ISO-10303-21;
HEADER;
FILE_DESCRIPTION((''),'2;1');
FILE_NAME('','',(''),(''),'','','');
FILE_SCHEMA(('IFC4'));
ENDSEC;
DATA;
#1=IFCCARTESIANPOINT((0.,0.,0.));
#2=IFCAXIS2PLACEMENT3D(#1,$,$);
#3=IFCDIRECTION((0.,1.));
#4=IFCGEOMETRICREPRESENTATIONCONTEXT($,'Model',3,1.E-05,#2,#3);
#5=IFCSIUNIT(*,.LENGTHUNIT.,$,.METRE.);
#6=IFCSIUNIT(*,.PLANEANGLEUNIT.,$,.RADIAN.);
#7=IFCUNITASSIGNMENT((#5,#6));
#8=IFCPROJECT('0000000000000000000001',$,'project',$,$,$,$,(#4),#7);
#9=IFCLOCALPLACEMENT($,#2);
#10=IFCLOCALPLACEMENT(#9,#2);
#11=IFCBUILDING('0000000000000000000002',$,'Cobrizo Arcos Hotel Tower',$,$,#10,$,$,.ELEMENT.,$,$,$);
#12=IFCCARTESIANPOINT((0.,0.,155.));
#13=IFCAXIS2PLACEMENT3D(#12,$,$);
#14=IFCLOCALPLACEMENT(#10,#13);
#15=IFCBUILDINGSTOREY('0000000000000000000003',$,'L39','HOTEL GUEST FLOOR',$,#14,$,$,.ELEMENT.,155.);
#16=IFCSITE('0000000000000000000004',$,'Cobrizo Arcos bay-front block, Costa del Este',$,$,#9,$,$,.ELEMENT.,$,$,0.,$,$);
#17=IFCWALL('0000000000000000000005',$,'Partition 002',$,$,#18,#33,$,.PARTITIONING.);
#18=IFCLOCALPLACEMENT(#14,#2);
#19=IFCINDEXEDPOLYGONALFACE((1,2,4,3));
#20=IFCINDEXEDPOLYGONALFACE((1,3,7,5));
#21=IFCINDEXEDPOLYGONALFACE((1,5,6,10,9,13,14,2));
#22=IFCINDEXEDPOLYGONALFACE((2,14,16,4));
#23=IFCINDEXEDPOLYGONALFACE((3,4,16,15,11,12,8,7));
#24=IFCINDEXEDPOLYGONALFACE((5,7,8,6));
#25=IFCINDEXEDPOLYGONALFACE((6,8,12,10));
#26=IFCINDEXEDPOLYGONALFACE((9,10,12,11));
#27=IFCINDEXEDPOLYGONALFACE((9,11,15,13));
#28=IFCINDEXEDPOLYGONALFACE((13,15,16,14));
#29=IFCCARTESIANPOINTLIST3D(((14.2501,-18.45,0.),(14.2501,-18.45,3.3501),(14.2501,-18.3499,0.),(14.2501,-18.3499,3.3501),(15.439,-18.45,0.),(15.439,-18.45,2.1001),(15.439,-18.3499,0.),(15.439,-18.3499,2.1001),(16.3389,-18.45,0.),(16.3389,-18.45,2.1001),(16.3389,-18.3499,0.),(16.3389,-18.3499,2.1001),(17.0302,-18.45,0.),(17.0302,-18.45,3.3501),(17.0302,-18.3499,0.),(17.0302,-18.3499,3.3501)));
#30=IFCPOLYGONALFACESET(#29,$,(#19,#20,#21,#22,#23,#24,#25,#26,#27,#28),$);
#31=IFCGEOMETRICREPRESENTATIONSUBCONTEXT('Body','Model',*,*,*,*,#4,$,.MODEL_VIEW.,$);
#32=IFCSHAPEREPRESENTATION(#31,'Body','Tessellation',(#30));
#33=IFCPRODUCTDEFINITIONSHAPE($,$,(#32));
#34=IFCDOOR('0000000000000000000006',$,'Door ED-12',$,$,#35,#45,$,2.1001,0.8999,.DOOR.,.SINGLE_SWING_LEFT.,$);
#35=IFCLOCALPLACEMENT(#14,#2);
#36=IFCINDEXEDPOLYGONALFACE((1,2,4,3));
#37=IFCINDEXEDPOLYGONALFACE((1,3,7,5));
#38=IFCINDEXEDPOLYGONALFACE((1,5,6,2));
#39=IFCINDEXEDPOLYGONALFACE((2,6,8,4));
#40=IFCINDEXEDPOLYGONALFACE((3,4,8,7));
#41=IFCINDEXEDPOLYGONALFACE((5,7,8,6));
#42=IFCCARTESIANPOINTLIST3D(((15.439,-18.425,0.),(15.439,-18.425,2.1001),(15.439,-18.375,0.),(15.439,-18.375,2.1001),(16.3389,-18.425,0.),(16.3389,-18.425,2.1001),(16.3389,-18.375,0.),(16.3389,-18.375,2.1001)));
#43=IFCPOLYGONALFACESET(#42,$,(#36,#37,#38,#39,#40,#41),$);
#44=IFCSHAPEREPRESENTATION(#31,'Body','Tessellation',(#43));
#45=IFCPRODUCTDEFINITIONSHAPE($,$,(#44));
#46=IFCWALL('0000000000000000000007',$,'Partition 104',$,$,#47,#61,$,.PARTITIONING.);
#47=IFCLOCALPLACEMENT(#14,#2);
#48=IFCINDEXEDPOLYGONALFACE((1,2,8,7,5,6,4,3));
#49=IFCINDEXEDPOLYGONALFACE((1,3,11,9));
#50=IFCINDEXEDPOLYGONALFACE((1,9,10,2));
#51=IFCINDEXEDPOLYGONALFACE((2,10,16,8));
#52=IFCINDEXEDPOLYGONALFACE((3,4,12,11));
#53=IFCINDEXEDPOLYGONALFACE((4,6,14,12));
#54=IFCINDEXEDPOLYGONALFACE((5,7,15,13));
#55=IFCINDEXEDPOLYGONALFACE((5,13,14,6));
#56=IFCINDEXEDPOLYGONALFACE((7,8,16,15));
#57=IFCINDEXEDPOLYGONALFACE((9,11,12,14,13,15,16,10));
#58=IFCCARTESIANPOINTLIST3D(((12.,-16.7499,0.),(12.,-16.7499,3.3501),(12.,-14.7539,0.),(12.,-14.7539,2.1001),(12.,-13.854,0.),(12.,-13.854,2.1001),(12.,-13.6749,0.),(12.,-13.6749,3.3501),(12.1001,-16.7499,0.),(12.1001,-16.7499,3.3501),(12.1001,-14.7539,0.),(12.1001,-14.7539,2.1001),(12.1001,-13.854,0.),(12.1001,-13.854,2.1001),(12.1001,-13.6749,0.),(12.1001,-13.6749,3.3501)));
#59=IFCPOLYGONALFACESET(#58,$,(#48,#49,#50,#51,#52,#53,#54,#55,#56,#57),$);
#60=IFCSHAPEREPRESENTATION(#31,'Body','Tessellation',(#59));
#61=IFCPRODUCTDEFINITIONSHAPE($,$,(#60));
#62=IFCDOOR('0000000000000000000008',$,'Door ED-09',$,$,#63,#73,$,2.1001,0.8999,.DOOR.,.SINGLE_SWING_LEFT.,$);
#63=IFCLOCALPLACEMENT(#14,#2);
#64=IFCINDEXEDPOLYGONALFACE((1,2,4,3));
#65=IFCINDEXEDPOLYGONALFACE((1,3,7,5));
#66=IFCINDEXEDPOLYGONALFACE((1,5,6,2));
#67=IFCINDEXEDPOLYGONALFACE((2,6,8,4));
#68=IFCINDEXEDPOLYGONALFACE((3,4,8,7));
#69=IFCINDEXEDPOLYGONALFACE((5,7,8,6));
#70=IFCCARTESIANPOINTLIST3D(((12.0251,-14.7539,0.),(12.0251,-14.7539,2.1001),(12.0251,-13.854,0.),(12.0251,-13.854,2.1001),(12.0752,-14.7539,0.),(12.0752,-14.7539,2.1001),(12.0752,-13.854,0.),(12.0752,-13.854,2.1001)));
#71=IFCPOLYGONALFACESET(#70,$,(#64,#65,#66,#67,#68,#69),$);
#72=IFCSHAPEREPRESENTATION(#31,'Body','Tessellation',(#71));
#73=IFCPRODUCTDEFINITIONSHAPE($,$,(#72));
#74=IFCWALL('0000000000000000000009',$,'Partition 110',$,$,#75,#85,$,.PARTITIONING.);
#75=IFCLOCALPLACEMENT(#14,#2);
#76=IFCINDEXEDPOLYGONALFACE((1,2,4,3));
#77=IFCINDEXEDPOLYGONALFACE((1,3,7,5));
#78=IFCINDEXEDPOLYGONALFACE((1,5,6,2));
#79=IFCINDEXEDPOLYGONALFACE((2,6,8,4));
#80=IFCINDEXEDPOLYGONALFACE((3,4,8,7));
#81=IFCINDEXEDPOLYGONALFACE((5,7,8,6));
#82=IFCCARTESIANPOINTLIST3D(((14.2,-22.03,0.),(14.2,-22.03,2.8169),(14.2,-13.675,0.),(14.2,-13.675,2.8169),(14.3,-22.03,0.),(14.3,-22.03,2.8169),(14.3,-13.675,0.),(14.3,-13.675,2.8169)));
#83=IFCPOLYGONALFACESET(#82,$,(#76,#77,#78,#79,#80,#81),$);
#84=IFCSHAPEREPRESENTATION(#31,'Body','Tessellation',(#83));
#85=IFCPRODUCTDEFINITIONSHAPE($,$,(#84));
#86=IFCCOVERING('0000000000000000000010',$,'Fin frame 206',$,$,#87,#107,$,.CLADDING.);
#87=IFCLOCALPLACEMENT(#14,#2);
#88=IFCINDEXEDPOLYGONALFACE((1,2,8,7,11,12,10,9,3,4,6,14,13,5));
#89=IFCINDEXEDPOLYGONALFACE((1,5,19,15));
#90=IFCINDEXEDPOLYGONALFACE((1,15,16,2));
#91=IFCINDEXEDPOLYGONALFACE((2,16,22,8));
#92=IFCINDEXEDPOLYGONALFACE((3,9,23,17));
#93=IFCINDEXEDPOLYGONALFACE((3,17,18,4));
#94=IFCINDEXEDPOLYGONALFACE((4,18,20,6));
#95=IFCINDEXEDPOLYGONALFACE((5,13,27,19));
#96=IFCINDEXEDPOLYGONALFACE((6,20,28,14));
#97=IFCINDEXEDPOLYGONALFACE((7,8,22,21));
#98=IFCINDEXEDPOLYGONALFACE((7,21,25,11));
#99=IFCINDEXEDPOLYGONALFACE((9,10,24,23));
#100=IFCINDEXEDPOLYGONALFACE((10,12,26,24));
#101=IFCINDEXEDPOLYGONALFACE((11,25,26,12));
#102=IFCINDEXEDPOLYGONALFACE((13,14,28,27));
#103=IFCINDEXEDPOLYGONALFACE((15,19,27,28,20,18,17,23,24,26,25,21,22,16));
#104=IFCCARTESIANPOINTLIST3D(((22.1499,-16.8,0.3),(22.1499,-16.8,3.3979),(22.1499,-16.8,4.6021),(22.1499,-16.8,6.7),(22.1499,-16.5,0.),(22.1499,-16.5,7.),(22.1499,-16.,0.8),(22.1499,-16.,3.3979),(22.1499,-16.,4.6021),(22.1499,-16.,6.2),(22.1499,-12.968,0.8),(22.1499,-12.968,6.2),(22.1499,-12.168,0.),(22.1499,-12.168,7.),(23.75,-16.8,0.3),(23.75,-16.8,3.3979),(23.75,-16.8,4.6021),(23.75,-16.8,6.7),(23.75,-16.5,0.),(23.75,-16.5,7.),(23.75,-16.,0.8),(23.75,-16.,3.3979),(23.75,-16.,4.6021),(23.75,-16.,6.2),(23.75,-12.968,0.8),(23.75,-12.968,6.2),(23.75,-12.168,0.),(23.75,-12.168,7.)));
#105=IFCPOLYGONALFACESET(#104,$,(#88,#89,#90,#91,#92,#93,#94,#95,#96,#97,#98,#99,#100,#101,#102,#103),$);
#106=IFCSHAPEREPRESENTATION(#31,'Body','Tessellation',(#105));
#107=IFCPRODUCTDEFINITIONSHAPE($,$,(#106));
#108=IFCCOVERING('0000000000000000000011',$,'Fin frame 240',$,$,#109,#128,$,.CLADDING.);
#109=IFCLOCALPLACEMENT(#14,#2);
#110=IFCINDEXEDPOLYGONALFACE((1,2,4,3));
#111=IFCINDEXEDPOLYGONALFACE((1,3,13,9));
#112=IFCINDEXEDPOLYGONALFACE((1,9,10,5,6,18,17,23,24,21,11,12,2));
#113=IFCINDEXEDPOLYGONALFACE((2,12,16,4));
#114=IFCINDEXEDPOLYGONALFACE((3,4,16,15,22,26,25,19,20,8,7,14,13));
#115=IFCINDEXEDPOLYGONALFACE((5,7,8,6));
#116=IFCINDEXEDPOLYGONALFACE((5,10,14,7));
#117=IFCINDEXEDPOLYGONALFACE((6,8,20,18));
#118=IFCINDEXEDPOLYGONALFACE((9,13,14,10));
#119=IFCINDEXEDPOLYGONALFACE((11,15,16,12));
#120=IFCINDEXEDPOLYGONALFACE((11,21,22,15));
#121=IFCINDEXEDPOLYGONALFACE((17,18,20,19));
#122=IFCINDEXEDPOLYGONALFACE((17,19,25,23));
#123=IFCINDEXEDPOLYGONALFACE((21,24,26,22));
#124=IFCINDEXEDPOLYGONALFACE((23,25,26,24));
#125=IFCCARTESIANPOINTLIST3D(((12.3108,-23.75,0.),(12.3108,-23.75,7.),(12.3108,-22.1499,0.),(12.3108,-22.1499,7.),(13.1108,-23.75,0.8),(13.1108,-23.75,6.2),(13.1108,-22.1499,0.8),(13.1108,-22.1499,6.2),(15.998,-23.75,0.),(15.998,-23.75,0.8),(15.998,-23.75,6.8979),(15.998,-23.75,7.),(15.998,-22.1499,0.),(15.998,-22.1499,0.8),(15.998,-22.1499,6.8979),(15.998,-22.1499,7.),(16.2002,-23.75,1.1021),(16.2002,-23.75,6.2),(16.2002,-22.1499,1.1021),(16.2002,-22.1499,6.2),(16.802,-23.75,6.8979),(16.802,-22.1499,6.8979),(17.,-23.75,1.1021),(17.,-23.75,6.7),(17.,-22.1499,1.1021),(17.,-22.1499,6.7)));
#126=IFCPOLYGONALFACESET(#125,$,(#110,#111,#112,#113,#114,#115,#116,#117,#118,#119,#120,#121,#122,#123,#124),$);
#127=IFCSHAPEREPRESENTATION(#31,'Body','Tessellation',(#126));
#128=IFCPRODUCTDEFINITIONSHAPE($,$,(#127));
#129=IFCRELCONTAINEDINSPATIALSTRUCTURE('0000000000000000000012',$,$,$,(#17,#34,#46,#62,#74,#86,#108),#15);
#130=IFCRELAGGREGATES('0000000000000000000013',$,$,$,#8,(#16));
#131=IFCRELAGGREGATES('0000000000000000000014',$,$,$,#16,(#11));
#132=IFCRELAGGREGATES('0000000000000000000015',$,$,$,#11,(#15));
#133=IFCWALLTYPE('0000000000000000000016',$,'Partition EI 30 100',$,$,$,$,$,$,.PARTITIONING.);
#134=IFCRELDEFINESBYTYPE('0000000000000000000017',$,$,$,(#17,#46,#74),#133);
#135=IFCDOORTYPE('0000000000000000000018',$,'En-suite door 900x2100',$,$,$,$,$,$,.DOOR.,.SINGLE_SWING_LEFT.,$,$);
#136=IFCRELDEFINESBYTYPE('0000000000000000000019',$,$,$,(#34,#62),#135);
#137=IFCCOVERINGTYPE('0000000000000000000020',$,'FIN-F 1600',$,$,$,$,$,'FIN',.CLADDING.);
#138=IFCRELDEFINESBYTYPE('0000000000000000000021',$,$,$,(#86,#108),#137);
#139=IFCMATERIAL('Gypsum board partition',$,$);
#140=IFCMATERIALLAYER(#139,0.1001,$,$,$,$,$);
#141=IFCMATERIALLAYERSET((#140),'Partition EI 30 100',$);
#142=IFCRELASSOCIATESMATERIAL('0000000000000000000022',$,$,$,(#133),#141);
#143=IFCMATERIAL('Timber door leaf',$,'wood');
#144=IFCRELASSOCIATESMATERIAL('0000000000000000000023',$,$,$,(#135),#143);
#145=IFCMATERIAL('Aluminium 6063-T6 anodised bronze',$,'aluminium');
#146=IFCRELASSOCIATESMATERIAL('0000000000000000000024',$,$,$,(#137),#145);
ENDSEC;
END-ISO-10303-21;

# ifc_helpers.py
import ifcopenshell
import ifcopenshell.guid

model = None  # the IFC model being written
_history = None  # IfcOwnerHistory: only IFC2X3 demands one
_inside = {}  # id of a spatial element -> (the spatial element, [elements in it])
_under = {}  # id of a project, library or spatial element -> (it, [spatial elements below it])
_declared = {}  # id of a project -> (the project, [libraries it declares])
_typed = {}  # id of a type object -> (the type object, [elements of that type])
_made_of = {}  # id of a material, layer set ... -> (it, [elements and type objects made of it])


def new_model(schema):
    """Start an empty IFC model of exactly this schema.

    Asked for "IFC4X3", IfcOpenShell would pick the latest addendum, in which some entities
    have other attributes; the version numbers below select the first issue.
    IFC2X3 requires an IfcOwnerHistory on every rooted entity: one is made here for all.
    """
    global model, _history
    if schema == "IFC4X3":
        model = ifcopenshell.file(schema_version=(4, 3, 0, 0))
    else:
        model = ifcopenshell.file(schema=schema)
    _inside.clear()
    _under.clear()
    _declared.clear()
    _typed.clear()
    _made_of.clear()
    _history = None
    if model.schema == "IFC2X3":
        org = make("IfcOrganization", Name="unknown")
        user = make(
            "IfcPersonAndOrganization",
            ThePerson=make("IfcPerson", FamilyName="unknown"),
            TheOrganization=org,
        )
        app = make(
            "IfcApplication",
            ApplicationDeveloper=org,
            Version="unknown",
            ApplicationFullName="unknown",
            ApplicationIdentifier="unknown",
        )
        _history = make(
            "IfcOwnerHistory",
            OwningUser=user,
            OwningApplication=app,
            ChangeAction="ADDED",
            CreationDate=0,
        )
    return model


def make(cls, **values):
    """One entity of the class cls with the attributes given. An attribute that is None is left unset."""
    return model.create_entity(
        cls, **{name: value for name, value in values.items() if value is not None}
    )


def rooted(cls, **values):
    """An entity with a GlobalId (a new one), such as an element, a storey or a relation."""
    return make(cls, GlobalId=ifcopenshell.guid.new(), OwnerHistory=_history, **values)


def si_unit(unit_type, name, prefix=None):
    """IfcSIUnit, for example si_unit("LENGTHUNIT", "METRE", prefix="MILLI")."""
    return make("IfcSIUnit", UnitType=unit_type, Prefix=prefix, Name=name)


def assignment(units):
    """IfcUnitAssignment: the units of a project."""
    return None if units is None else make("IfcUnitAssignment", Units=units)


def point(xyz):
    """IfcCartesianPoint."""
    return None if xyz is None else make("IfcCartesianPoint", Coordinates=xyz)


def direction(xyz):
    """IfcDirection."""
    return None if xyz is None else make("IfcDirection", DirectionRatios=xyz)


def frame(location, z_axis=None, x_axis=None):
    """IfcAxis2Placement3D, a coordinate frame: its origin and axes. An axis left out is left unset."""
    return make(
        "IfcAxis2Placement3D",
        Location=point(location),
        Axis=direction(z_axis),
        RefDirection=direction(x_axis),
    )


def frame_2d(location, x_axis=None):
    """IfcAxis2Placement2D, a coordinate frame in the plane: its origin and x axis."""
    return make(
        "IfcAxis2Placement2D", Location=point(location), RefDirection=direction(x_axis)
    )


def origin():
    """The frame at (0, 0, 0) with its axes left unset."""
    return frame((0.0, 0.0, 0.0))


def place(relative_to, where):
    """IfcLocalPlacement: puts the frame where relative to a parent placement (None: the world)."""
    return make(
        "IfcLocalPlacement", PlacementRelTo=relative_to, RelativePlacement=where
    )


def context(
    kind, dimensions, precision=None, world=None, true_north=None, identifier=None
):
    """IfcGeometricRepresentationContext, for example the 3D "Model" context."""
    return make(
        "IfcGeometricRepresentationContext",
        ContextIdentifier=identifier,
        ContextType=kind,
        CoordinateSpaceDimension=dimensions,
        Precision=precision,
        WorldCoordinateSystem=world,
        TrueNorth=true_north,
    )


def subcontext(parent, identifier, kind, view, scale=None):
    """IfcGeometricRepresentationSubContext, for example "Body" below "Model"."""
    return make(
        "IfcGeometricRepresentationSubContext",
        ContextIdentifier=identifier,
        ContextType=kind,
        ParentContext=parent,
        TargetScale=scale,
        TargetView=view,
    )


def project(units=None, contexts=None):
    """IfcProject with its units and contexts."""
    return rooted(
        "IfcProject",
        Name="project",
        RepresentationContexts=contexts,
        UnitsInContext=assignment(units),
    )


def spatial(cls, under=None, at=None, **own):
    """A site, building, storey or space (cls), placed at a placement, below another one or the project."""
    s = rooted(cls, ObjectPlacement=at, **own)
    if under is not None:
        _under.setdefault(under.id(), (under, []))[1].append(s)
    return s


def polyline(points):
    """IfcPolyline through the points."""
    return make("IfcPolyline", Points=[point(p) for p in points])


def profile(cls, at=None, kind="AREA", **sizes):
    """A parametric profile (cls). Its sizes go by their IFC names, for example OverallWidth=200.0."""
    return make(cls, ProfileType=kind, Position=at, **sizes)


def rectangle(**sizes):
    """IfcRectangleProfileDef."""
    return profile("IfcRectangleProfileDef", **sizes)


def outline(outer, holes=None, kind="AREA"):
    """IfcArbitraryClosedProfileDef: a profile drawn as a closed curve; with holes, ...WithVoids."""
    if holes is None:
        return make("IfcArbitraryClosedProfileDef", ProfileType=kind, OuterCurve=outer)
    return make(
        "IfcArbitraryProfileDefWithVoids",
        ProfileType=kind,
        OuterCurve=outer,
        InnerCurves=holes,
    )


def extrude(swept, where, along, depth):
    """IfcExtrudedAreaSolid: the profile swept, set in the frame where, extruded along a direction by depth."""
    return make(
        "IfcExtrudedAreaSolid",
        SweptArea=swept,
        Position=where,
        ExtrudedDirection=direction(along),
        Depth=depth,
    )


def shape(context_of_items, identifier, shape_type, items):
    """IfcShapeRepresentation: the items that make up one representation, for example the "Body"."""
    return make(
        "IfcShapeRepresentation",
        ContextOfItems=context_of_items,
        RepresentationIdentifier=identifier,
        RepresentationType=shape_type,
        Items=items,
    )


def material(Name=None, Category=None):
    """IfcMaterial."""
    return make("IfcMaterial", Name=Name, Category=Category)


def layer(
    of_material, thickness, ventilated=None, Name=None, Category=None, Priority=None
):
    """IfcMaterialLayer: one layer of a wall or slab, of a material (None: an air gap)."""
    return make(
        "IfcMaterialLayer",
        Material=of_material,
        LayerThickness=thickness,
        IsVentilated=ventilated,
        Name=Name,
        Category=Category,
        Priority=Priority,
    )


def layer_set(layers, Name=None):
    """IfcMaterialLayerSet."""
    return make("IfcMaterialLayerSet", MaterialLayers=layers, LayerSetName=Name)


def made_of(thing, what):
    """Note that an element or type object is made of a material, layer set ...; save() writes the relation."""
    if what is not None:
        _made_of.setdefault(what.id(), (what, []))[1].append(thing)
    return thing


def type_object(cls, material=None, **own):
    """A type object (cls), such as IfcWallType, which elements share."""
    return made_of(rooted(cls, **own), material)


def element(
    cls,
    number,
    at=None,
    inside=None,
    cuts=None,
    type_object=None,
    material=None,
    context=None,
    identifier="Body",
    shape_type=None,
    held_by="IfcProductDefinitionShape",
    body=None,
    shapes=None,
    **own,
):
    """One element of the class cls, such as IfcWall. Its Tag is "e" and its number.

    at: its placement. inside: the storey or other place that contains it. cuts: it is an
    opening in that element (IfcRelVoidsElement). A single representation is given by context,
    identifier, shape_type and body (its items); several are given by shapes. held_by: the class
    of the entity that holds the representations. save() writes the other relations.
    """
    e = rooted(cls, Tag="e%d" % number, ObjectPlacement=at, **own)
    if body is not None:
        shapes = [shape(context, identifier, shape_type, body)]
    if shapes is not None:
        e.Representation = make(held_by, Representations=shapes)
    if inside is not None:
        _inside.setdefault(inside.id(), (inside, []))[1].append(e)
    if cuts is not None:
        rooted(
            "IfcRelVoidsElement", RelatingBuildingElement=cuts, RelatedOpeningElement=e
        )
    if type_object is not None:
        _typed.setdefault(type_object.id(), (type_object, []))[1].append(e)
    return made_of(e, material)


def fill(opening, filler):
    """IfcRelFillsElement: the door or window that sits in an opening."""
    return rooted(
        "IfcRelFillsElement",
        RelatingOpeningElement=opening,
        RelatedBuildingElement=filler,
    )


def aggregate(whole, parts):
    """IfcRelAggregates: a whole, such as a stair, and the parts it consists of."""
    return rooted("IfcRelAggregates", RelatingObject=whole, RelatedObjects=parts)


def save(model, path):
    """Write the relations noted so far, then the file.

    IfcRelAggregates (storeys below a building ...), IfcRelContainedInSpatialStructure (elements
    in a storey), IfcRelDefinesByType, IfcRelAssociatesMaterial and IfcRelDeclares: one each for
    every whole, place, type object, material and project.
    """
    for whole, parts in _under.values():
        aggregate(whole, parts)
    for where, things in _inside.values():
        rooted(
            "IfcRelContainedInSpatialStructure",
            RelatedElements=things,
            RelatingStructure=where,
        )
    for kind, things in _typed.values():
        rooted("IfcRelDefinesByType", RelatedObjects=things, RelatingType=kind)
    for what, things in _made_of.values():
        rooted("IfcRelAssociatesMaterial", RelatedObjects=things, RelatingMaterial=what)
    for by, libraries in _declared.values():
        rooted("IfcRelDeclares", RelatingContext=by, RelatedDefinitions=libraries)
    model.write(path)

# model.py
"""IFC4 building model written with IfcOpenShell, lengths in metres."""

from ifc_helpers import new_model, si_unit, direction, frame, frame_2d, origin, place, context, subcontext, project, spatial, polyline, rectangle, outline, extrude, material, layer, layer_set, type_object, element, fill, save


model = new_model("IFC4")

# Units and contexts
model_context = context("Model", 3, precision=1e-05, world=origin(), true_north=direction((0.0, 1.0)))
body_context = subcontext(model_context, "Body", "Model", "MODEL_VIEW")
ifc_project = project(units=[si_unit("LENGTHUNIT", "METRE"), si_unit("PLANEANGLEUNIT", "RADIAN")], contexts=[model_context])

# Site, building, storey
site_placement = place(None, origin())
site = spatial("IfcSite", under=ifc_project, at=site_placement, Name="Cobrizo Arcos bay-front block, Costa del Este", CompositionType="ELEMENT", RefElevation=0.0)
building_placement = place(site_placement, origin())
building = spatial("IfcBuilding", under=site, at=building_placement, Name="Cobrizo Arcos Hotel Tower", CompositionType="ELEMENT")
storey_placement = place(building_placement, frame((0.0, 0.0, 155.0)))
storey = spatial("IfcBuildingStorey", under=building, at=storey_placement, Name="L39", Description="HOTEL GUEST FLOOR", CompositionType="ELEMENT", Elevation=155.0)

# Shared definitions
ifc_material_1 = material(Name="Aluminium 6063-T6 anodised bronze", Category="aluminium")

# Walls, openings, doors
ifc_material_2 = material(Name="Gypsum board partition")
ifc_layer_1 = layer(ifc_material_2, 0.1001)
ifc_layer_set_1 = layer_set([ifc_layer_1], Name="Partition EI 30 100")
wall_type = type_object("IfcWallType", Name="Partition EI 30 100", PredefinedType="PARTITIONING", material=ifc_layer_set_1)
wall_1_placement = place(storey_placement, frame((14.25, -18.3999, 0.0), z_axis=(0.0, 0.0, 1.0), x_axis=(1.0, 0.0, 0.0)))
wall_1 = element("IfcWall", 1, at=wall_1_placement, inside=storey, type_object=wall_type, Name="Partition 002", PredefinedType="PARTITIONING", context=body_context, shape_type="SweptSolid", body=[
    extrude(rectangle(XDim=2.78, YDim=0.1001, at=frame_2d((1.3901, 0.0))), origin(), (0.0, 0.0, 1.0), 3.3501),
])
opening_1_placement = place(wall_1_placement, frame((1.189, 0.0, 0.0)))
opening_1 = element("IfcOpeningElement", 2, at=opening_1_placement, cuts=wall_1, PredefinedType="OPENING", context=body_context, shape_type="SweptSolid", body=[
    extrude(rectangle(XDim=0.8999, YDim=2.1001, at=frame_2d((0.45, 1.05))), frame((0.0, 0.062, 0.0), z_axis=(0.0, -1.0, 0.0), x_axis=(1.0, 0.0, 0.0)), (0.0, 0.0, 1.0), 0.124),
])
ifc_material_3 = material(Name="Timber door leaf", Category="wood")
door_type = type_object("IfcDoorType", Name="En-suite door 900x2100", OperationType="SINGLE_SWING_LEFT", PredefinedType="DOOR", material=ifc_material_3)
door_1_placement = place(opening_1_placement, origin())
door_1 = element("IfcDoor", 3, at=door_1_placement, inside=storey, type_object=door_type, Name="Door ED-12", OperationType="SINGLE_SWING_LEFT", OverallHeight=2.1001, OverallWidth=0.8999, PredefinedType="DOOR", context=body_context, shape_type="SweptSolid", body=[
    extrude(rectangle(XDim=0.8999, YDim=2.1001, at=frame_2d((0.45, 1.05))), frame((0.0, 0.0249, 0.0), z_axis=(0.0, -1.0, 0.0), x_axis=(1.0, 0.0, 0.0)), (0.0, 0.0, 1.0), 0.05),
])
fill(opening_1, door_1)
wall_2_placement = place(storey_placement, frame((12.05, -16.75, 0.0), z_axis=(0.0, 0.0, 1.0), x_axis=(0.0, 1.0, 0.0)))
wall_2 = element("IfcWall", 4, at=wall_2_placement, inside=storey, type_object=wall_type, Name="Partition 104", PredefinedType="PARTITIONING", context=body_context, shape_type="SweptSolid", body=[
    extrude(rectangle(XDim=3.075, YDim=0.1001, at=frame_2d((1.5376, 0.0))), origin(), (0.0, 0.0, 1.0), 3.3501),
])
opening_2_placement = place(wall_2_placement, frame((1.9961, 0.0, 0.0)))
opening_2 = element("IfcOpeningElement", 5, at=opening_2_placement, cuts=wall_2, PredefinedType="OPENING", context=body_context, shape_type="SweptSolid", body=[
    extrude(rectangle(XDim=0.8999, YDim=2.1001, at=frame_2d((0.45, 1.05))), frame((0.0, 0.062, 0.0), z_axis=(0.0, -1.0, 0.0), x_axis=(1.0, 0.0, 0.0)), (0.0, 0.0, 1.0), 0.124),
])
door_2_placement = place(opening_2_placement, origin())
door_2 = element("IfcDoor", 6, at=door_2_placement, inside=storey, type_object=door_type, Name="Door ED-09", OperationType="SINGLE_SWING_LEFT", OverallHeight=2.1001, OverallWidth=0.8999, PredefinedType="DOOR", context=body_context, shape_type="SweptSolid", body=[
    extrude(rectangle(XDim=0.8999, YDim=2.1001, at=frame_2d((0.45, 1.05))), frame((0.0, 0.0249, 0.0), z_axis=(0.0, -1.0, 0.0), x_axis=(1.0, 0.0, 0.0)), (0.0, 0.0, 1.0), 0.05),
])
fill(opening_2, door_2)

# Wall
wall_3_placement = place(storey_placement, frame((14.25, -22.03, 0.0), z_axis=(0.0, 0.0, 1.0), x_axis=(0.0, 1.0, 0.0)))
element("IfcWall", 7, at=wall_3_placement, inside=storey, type_object=wall_type, Name="Partition 110", PredefinedType="PARTITIONING", context=body_context, shape_type="SweptSolid", body=[
    extrude(rectangle(XDim=8.355, YDim=0.1001, at=frame_2d((4.1775, 0.0))), origin(), (0.0, 0.0, 1.0), 2.8169),
])

# Coverings
covering_type = type_object("IfcCoveringType", Name="FIN-F 1600", ElementType="FIN", PredefinedType="CLADDING", material=ifc_material_1)
covering_1_placement = place(storey_placement, frame((22.1499, -16.8, 0.0), z_axis=(1.0, 0.0, 0.0), x_axis=(0.0, 1.0, 0.0)))
element("IfcCovering", 8, at=covering_1_placement, inside=storey, type_object=covering_type, Name="Fin frame 206", PredefinedType="CLADDING", context=body_context, shape_type="SweptSolid", body=[
    extrude(outline(polyline([(0.0, 6.7), (0.0, 4.6021), (0.8, 4.6021), (0.8, 6.2), (3.832, 6.2), (3.832, 0.8), (0.8, 0.8), (0.8, 3.3979), (0.0, 3.3979), (0.0, 0.3), (0.3, 0.0), (4.6321, 0.0), (4.6321, 7.0), (0.3, 7.0), (0.0, 6.7)])), origin(), (0.0, 0.0, 1.0), 1.6001),
])
covering_2_placement = place(storey_placement, frame((12.3108, -22.1499, 0.0), z_axis=(0.0, -1.0, 0.0), x_axis=(1.0, 0.0, 0.0)))
element("IfcCovering", 9, at=covering_2_placement, inside=storey, type_object=covering_type, Name="Fin frame 240", PredefinedType="CLADDING", context=body_context, shape_type="SweptSolid", body=[
    extrude(outline(polyline([(0.0, 0.0), (3.6873, 0.0), (3.6873, 0.8), (0.8, 0.8), (0.8, 6.2), (3.8894, 6.2), (3.8894, 1.1021), (4.6892, 1.1021), (4.6892, 6.7), (4.4912, 6.8979), (3.6873, 6.8979), (3.6873, 7.0), (0.0, 7.0), (0.0, 0.0)])), origin(), (0.0, 0.0, 1.0), 1.6001),
])

save(model, "model.ifc")
